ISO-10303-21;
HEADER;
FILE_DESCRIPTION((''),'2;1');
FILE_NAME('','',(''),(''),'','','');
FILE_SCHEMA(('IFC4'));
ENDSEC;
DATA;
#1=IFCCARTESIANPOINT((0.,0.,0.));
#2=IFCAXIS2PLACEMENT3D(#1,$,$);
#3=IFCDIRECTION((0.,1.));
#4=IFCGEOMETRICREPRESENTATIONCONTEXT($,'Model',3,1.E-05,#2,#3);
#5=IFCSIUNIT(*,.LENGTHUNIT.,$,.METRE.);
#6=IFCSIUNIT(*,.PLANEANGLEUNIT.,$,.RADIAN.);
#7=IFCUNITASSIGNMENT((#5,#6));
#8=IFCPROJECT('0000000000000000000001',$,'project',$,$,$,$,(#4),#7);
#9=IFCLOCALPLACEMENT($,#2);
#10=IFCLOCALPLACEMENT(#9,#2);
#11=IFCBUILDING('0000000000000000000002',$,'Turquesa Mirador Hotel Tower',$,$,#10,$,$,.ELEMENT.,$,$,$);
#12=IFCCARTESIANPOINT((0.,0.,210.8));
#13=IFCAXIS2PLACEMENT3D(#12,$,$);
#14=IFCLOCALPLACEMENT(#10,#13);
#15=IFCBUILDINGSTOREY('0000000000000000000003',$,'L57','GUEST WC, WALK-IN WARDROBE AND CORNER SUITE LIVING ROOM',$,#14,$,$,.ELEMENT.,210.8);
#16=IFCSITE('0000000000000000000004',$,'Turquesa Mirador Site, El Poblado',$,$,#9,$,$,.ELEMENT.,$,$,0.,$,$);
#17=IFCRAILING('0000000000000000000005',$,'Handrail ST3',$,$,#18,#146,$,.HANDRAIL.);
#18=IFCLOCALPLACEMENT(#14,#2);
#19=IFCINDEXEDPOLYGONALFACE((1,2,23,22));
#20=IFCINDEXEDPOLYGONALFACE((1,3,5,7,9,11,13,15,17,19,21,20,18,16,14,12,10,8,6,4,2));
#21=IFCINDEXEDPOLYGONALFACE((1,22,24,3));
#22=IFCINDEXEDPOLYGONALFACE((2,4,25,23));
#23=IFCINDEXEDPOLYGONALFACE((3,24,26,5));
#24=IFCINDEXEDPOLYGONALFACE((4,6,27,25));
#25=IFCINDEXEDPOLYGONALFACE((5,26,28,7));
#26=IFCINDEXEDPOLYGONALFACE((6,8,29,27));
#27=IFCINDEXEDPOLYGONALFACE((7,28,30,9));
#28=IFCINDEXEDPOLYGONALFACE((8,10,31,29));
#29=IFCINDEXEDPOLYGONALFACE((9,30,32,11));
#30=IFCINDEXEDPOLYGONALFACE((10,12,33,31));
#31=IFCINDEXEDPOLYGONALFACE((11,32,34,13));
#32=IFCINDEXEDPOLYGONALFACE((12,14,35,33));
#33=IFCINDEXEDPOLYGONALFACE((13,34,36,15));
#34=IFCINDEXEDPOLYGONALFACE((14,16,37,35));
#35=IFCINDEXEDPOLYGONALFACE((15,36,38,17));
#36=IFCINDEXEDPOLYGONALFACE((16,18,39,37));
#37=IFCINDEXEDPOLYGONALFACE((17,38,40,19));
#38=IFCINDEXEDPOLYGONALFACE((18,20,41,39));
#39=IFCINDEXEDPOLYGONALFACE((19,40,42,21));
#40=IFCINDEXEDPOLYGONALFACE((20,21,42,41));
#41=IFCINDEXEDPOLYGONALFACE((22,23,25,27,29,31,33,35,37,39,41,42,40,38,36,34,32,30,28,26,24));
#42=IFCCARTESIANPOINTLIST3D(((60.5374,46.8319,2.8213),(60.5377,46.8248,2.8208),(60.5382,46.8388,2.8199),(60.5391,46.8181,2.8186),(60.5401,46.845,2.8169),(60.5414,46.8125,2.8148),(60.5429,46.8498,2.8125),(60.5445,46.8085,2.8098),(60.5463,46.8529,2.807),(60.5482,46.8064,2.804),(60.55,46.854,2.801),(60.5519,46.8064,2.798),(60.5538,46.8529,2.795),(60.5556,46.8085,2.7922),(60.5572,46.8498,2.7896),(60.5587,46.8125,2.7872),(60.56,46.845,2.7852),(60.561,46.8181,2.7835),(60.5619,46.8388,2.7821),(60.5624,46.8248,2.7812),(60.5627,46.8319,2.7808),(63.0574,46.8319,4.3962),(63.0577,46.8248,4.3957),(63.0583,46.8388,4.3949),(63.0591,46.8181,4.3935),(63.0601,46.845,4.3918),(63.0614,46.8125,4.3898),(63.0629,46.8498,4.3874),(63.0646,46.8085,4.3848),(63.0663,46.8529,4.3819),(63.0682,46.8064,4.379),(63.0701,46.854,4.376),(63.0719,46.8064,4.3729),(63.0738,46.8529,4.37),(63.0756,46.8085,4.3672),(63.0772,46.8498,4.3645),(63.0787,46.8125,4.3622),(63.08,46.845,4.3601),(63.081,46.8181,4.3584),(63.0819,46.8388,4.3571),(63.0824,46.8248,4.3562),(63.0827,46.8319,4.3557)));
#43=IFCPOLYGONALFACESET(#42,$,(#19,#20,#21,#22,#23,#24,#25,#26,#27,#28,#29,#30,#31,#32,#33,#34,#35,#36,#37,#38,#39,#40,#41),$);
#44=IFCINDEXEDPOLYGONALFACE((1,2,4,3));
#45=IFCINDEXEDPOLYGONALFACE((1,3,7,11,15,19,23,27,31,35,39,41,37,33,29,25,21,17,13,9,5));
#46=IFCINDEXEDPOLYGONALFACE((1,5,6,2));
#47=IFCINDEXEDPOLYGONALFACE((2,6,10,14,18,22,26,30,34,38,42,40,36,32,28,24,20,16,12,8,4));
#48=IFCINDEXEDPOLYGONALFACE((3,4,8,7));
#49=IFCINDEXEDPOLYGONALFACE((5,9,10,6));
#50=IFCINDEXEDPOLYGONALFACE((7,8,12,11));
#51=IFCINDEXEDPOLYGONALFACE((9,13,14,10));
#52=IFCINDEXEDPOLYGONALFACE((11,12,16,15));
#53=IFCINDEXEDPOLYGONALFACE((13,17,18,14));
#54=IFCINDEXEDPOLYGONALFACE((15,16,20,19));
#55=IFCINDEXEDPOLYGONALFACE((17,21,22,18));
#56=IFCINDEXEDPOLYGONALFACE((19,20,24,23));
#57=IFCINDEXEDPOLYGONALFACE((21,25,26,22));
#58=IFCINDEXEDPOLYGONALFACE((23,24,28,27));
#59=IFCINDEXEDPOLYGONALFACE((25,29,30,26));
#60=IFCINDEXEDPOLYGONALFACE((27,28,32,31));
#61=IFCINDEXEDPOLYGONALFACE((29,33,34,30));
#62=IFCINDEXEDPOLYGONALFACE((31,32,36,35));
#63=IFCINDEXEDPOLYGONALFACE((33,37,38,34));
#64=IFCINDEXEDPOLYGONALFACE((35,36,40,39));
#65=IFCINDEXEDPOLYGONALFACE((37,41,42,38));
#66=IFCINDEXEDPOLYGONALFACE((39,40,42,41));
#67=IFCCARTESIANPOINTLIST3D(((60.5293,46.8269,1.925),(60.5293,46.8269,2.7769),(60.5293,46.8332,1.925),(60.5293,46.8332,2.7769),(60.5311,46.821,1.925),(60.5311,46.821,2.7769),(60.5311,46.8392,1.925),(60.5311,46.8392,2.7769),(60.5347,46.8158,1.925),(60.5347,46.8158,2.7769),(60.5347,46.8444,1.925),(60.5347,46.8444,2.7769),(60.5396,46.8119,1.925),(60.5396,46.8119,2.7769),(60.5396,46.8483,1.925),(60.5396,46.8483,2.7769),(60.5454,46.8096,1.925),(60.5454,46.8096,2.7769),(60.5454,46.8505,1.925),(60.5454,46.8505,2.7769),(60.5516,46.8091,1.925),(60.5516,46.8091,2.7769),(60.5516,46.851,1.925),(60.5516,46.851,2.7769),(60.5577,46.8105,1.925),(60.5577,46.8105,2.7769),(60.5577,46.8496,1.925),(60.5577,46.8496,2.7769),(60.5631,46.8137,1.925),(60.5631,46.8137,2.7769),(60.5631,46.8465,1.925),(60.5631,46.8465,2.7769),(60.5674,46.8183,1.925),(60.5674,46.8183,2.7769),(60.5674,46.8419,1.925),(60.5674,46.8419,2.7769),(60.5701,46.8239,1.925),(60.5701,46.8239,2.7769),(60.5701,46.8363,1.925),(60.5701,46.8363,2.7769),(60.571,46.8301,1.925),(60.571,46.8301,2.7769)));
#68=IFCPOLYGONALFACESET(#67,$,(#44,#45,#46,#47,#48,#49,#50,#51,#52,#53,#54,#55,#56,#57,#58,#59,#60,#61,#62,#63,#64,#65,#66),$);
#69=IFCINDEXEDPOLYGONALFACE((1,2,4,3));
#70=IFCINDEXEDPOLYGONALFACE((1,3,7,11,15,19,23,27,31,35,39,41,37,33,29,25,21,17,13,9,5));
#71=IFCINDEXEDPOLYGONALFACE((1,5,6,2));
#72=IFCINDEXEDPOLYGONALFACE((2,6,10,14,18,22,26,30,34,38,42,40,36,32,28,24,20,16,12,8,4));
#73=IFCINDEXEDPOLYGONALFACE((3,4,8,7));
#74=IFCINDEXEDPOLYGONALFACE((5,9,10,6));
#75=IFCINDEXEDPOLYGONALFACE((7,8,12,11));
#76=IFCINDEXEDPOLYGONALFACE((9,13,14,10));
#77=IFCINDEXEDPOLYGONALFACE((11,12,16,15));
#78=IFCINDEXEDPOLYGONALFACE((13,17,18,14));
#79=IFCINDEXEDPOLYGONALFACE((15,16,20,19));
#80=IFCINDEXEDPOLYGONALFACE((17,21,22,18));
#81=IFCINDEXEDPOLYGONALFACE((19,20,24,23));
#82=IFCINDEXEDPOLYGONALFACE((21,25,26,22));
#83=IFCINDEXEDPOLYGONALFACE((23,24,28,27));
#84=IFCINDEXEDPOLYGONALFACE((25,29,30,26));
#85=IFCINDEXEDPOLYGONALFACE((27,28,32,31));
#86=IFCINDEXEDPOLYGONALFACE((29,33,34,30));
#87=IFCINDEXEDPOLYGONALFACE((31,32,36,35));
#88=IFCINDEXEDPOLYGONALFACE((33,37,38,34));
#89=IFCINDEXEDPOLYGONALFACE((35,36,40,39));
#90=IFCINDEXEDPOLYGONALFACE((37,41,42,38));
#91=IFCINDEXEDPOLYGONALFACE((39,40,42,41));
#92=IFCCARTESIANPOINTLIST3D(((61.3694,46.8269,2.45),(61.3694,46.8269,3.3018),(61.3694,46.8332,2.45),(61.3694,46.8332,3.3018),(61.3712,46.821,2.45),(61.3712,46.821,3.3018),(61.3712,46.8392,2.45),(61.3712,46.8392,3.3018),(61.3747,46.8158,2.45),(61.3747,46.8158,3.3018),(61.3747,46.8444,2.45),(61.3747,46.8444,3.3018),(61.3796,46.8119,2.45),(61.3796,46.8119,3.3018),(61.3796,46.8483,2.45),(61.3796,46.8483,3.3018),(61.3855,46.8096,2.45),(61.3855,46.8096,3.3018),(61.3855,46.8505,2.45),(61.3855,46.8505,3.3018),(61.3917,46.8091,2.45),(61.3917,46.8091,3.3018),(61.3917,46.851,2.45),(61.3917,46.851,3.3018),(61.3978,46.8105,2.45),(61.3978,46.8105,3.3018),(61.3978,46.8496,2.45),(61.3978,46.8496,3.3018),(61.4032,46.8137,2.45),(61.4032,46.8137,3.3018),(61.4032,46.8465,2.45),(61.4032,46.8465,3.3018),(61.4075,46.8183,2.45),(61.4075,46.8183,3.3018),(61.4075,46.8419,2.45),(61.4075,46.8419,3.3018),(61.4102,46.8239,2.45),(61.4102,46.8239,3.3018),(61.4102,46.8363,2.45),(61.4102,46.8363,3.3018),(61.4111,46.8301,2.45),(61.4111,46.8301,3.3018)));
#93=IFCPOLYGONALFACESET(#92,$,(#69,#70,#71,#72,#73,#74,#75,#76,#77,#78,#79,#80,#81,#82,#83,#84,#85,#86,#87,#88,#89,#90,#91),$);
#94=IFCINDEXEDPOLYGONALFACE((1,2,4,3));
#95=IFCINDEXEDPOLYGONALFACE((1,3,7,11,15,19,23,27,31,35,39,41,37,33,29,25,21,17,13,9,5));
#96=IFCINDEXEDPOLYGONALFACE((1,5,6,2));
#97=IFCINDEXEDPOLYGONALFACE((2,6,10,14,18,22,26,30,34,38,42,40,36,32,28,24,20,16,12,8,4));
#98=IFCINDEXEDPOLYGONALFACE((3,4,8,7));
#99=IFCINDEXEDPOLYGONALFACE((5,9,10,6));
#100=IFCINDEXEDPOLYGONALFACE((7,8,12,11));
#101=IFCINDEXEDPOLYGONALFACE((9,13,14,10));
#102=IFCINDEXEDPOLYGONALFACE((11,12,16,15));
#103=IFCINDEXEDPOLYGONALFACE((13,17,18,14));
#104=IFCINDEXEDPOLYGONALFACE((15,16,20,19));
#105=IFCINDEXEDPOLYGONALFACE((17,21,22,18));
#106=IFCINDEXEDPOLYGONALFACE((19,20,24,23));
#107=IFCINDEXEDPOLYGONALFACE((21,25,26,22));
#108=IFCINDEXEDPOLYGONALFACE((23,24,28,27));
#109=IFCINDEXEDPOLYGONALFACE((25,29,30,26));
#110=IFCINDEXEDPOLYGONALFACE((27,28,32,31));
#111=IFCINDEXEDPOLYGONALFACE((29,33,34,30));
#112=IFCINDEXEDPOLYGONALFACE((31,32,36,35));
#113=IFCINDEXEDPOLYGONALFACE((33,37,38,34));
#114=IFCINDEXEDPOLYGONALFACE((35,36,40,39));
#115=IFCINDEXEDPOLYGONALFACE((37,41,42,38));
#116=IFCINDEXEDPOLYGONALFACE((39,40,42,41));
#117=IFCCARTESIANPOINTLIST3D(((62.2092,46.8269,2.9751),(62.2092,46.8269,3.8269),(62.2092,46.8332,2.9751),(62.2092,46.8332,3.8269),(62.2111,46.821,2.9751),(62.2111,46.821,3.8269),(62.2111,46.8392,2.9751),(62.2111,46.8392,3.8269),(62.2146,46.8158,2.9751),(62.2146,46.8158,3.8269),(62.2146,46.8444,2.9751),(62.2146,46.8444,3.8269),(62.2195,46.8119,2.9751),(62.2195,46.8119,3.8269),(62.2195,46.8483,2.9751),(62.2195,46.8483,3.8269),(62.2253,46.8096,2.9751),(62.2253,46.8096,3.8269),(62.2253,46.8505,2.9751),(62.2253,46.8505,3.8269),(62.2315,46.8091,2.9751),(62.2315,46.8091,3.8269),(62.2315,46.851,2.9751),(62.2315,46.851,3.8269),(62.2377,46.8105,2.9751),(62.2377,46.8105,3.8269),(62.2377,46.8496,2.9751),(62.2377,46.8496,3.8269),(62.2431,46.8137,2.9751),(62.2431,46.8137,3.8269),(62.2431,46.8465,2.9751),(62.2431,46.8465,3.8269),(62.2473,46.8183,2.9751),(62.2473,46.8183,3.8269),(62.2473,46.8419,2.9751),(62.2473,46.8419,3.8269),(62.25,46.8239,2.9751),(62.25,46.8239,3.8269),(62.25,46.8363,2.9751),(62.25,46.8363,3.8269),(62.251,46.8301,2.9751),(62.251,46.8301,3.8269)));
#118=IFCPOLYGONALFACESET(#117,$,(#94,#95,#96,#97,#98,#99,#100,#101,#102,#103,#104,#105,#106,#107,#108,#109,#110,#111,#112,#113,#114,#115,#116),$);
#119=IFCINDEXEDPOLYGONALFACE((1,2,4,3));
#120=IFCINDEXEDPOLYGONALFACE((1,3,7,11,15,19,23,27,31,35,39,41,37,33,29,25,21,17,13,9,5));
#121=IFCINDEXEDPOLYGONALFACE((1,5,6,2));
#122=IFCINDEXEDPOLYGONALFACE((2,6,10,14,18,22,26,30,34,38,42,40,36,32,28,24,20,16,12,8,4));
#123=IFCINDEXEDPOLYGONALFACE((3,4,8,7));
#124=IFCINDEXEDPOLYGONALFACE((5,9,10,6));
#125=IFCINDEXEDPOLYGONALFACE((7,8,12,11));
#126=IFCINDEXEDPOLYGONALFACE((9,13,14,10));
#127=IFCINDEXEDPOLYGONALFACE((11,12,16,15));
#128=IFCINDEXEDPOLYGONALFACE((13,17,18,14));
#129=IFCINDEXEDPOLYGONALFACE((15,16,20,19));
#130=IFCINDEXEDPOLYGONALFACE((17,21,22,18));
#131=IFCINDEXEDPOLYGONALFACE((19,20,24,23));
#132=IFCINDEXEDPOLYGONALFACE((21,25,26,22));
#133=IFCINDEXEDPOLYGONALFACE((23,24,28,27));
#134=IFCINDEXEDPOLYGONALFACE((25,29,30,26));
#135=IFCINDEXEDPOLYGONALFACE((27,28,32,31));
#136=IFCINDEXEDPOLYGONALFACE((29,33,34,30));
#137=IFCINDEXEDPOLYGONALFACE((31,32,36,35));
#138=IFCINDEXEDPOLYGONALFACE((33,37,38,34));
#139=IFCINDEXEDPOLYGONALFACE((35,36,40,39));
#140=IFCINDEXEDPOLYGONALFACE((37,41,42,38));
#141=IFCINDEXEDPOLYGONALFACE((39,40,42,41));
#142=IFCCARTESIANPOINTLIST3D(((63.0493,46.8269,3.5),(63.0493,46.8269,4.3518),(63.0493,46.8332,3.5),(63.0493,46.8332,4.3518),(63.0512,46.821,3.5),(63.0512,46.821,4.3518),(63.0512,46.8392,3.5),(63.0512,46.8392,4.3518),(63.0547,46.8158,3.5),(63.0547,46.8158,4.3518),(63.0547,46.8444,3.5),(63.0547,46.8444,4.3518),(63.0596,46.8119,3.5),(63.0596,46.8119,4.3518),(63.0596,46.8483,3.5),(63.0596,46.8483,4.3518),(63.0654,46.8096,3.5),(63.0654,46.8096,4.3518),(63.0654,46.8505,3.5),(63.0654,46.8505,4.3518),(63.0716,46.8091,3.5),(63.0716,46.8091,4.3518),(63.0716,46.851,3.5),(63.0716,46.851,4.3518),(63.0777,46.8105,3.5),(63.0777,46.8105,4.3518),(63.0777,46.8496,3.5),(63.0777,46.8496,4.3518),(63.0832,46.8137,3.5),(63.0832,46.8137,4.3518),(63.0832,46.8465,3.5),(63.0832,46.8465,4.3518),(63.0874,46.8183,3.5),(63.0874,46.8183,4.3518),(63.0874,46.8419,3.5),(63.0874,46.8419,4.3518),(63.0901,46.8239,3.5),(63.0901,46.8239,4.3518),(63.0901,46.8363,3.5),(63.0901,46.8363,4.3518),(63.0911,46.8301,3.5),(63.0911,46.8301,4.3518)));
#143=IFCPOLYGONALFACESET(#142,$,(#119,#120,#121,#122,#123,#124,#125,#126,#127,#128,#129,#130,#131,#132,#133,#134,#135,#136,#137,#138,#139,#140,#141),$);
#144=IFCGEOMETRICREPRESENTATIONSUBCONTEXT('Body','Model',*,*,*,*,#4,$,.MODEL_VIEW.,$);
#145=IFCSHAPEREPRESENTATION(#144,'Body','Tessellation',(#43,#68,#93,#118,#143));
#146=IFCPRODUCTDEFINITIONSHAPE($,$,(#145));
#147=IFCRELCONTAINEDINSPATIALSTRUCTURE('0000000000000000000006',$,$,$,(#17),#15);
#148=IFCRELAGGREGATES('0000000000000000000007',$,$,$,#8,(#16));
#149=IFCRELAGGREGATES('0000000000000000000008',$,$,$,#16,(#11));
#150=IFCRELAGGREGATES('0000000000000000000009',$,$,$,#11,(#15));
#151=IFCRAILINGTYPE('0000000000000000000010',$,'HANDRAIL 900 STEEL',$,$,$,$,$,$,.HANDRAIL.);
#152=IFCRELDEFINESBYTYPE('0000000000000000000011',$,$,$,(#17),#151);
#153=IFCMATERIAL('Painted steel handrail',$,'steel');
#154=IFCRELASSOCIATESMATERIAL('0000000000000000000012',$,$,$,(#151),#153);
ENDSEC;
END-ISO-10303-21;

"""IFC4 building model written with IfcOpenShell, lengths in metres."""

from ifc_helpers import new_model, si_unit, direction, frame, origin, origin_2d, place, context, subcontext, project, spatial, circle, extrude, material, type_object, element, save


model = new_model("IFC4")

# Units and contexts
model_context = context("Model", 3, precision=1e-05, world=origin(), true_north=direction((0.0, 1.0)))
body_context = subcontext(model_context, "Body", "Model", "MODEL_VIEW")
ifc_project = project(units=[si_unit("LENGTHUNIT", "METRE"), si_unit("PLANEANGLEUNIT", "RADIAN")], contexts=[model_context])

# Site, building, storey
site_placement = place(None, origin())
site = spatial("IfcSite", under=ifc_project, at=site_placement, Name="Turquesa Mirador Site, El Poblado", CompositionType="ELEMENT", RefElevation=0.0)
building_placement = place(site_placement, origin())
building = spatial("IfcBuilding", under=site, at=building_placement, Name="Turquesa Mirador Hotel Tower", CompositionType="ELEMENT")
storey_placement = place(building_placement, frame((0.0, 0.0, 210.8)))
storey = spatial("IfcBuildingStorey", under=building, at=storey_placement, Name="L57", Description="GUEST WC, WALK-IN WARDROBE AND CORNER SUITE LIVING ROOM", CompositionType="ELEMENT", Elevation=210.8)

# Railing
ifc_material_1 = material(Name="Painted steel handrail", Category="steel")
railing_type = type_object("IfcRailingType", Name="HANDRAIL 900 STEEL", PredefinedType="HANDRAIL", material=ifc_material_1)
railing_1_placement = place(storey_placement, frame((60.55, 46.8301, 1.925)))
element("IfcRailing", 1, at=railing_1_placement, inside=storey, type_object=railing_type, Name="Handrail ST3", PredefinedType="HANDRAIL", context=body_context, shape_type="SweptSolid", body=[
    extrude(circle(Radius=0.0239, at=origin_2d()), frame((0.0, 0.0, 0.876), z_axis=(0.848008, 0.0, 0.529984), x_axis=(0.0, 1.0, 0.0)), (0.0, 0.0, 1.0), 2.9717),
    extrude(circle(Radius=0.021, at=origin_2d()), origin(), (0.0, 0.0, 1.0), 0.8518),
    extrude(circle(Radius=0.021, at=origin_2d()), frame((0.8401, 0.0, 0.5249)), (0.0, 0.0, 1.0), 0.8518),
    extrude(circle(Radius=0.021, at=origin_2d()), frame((1.6799, 0.0, 1.05)), (0.0, 0.0, 1.0), 0.8518),
    extrude(circle(Radius=0.021, at=origin_2d()), frame((2.52, 0.0, 1.575)), (0.0, 0.0, 1.0), 0.8518),
])

save(model, "model.ifc")
